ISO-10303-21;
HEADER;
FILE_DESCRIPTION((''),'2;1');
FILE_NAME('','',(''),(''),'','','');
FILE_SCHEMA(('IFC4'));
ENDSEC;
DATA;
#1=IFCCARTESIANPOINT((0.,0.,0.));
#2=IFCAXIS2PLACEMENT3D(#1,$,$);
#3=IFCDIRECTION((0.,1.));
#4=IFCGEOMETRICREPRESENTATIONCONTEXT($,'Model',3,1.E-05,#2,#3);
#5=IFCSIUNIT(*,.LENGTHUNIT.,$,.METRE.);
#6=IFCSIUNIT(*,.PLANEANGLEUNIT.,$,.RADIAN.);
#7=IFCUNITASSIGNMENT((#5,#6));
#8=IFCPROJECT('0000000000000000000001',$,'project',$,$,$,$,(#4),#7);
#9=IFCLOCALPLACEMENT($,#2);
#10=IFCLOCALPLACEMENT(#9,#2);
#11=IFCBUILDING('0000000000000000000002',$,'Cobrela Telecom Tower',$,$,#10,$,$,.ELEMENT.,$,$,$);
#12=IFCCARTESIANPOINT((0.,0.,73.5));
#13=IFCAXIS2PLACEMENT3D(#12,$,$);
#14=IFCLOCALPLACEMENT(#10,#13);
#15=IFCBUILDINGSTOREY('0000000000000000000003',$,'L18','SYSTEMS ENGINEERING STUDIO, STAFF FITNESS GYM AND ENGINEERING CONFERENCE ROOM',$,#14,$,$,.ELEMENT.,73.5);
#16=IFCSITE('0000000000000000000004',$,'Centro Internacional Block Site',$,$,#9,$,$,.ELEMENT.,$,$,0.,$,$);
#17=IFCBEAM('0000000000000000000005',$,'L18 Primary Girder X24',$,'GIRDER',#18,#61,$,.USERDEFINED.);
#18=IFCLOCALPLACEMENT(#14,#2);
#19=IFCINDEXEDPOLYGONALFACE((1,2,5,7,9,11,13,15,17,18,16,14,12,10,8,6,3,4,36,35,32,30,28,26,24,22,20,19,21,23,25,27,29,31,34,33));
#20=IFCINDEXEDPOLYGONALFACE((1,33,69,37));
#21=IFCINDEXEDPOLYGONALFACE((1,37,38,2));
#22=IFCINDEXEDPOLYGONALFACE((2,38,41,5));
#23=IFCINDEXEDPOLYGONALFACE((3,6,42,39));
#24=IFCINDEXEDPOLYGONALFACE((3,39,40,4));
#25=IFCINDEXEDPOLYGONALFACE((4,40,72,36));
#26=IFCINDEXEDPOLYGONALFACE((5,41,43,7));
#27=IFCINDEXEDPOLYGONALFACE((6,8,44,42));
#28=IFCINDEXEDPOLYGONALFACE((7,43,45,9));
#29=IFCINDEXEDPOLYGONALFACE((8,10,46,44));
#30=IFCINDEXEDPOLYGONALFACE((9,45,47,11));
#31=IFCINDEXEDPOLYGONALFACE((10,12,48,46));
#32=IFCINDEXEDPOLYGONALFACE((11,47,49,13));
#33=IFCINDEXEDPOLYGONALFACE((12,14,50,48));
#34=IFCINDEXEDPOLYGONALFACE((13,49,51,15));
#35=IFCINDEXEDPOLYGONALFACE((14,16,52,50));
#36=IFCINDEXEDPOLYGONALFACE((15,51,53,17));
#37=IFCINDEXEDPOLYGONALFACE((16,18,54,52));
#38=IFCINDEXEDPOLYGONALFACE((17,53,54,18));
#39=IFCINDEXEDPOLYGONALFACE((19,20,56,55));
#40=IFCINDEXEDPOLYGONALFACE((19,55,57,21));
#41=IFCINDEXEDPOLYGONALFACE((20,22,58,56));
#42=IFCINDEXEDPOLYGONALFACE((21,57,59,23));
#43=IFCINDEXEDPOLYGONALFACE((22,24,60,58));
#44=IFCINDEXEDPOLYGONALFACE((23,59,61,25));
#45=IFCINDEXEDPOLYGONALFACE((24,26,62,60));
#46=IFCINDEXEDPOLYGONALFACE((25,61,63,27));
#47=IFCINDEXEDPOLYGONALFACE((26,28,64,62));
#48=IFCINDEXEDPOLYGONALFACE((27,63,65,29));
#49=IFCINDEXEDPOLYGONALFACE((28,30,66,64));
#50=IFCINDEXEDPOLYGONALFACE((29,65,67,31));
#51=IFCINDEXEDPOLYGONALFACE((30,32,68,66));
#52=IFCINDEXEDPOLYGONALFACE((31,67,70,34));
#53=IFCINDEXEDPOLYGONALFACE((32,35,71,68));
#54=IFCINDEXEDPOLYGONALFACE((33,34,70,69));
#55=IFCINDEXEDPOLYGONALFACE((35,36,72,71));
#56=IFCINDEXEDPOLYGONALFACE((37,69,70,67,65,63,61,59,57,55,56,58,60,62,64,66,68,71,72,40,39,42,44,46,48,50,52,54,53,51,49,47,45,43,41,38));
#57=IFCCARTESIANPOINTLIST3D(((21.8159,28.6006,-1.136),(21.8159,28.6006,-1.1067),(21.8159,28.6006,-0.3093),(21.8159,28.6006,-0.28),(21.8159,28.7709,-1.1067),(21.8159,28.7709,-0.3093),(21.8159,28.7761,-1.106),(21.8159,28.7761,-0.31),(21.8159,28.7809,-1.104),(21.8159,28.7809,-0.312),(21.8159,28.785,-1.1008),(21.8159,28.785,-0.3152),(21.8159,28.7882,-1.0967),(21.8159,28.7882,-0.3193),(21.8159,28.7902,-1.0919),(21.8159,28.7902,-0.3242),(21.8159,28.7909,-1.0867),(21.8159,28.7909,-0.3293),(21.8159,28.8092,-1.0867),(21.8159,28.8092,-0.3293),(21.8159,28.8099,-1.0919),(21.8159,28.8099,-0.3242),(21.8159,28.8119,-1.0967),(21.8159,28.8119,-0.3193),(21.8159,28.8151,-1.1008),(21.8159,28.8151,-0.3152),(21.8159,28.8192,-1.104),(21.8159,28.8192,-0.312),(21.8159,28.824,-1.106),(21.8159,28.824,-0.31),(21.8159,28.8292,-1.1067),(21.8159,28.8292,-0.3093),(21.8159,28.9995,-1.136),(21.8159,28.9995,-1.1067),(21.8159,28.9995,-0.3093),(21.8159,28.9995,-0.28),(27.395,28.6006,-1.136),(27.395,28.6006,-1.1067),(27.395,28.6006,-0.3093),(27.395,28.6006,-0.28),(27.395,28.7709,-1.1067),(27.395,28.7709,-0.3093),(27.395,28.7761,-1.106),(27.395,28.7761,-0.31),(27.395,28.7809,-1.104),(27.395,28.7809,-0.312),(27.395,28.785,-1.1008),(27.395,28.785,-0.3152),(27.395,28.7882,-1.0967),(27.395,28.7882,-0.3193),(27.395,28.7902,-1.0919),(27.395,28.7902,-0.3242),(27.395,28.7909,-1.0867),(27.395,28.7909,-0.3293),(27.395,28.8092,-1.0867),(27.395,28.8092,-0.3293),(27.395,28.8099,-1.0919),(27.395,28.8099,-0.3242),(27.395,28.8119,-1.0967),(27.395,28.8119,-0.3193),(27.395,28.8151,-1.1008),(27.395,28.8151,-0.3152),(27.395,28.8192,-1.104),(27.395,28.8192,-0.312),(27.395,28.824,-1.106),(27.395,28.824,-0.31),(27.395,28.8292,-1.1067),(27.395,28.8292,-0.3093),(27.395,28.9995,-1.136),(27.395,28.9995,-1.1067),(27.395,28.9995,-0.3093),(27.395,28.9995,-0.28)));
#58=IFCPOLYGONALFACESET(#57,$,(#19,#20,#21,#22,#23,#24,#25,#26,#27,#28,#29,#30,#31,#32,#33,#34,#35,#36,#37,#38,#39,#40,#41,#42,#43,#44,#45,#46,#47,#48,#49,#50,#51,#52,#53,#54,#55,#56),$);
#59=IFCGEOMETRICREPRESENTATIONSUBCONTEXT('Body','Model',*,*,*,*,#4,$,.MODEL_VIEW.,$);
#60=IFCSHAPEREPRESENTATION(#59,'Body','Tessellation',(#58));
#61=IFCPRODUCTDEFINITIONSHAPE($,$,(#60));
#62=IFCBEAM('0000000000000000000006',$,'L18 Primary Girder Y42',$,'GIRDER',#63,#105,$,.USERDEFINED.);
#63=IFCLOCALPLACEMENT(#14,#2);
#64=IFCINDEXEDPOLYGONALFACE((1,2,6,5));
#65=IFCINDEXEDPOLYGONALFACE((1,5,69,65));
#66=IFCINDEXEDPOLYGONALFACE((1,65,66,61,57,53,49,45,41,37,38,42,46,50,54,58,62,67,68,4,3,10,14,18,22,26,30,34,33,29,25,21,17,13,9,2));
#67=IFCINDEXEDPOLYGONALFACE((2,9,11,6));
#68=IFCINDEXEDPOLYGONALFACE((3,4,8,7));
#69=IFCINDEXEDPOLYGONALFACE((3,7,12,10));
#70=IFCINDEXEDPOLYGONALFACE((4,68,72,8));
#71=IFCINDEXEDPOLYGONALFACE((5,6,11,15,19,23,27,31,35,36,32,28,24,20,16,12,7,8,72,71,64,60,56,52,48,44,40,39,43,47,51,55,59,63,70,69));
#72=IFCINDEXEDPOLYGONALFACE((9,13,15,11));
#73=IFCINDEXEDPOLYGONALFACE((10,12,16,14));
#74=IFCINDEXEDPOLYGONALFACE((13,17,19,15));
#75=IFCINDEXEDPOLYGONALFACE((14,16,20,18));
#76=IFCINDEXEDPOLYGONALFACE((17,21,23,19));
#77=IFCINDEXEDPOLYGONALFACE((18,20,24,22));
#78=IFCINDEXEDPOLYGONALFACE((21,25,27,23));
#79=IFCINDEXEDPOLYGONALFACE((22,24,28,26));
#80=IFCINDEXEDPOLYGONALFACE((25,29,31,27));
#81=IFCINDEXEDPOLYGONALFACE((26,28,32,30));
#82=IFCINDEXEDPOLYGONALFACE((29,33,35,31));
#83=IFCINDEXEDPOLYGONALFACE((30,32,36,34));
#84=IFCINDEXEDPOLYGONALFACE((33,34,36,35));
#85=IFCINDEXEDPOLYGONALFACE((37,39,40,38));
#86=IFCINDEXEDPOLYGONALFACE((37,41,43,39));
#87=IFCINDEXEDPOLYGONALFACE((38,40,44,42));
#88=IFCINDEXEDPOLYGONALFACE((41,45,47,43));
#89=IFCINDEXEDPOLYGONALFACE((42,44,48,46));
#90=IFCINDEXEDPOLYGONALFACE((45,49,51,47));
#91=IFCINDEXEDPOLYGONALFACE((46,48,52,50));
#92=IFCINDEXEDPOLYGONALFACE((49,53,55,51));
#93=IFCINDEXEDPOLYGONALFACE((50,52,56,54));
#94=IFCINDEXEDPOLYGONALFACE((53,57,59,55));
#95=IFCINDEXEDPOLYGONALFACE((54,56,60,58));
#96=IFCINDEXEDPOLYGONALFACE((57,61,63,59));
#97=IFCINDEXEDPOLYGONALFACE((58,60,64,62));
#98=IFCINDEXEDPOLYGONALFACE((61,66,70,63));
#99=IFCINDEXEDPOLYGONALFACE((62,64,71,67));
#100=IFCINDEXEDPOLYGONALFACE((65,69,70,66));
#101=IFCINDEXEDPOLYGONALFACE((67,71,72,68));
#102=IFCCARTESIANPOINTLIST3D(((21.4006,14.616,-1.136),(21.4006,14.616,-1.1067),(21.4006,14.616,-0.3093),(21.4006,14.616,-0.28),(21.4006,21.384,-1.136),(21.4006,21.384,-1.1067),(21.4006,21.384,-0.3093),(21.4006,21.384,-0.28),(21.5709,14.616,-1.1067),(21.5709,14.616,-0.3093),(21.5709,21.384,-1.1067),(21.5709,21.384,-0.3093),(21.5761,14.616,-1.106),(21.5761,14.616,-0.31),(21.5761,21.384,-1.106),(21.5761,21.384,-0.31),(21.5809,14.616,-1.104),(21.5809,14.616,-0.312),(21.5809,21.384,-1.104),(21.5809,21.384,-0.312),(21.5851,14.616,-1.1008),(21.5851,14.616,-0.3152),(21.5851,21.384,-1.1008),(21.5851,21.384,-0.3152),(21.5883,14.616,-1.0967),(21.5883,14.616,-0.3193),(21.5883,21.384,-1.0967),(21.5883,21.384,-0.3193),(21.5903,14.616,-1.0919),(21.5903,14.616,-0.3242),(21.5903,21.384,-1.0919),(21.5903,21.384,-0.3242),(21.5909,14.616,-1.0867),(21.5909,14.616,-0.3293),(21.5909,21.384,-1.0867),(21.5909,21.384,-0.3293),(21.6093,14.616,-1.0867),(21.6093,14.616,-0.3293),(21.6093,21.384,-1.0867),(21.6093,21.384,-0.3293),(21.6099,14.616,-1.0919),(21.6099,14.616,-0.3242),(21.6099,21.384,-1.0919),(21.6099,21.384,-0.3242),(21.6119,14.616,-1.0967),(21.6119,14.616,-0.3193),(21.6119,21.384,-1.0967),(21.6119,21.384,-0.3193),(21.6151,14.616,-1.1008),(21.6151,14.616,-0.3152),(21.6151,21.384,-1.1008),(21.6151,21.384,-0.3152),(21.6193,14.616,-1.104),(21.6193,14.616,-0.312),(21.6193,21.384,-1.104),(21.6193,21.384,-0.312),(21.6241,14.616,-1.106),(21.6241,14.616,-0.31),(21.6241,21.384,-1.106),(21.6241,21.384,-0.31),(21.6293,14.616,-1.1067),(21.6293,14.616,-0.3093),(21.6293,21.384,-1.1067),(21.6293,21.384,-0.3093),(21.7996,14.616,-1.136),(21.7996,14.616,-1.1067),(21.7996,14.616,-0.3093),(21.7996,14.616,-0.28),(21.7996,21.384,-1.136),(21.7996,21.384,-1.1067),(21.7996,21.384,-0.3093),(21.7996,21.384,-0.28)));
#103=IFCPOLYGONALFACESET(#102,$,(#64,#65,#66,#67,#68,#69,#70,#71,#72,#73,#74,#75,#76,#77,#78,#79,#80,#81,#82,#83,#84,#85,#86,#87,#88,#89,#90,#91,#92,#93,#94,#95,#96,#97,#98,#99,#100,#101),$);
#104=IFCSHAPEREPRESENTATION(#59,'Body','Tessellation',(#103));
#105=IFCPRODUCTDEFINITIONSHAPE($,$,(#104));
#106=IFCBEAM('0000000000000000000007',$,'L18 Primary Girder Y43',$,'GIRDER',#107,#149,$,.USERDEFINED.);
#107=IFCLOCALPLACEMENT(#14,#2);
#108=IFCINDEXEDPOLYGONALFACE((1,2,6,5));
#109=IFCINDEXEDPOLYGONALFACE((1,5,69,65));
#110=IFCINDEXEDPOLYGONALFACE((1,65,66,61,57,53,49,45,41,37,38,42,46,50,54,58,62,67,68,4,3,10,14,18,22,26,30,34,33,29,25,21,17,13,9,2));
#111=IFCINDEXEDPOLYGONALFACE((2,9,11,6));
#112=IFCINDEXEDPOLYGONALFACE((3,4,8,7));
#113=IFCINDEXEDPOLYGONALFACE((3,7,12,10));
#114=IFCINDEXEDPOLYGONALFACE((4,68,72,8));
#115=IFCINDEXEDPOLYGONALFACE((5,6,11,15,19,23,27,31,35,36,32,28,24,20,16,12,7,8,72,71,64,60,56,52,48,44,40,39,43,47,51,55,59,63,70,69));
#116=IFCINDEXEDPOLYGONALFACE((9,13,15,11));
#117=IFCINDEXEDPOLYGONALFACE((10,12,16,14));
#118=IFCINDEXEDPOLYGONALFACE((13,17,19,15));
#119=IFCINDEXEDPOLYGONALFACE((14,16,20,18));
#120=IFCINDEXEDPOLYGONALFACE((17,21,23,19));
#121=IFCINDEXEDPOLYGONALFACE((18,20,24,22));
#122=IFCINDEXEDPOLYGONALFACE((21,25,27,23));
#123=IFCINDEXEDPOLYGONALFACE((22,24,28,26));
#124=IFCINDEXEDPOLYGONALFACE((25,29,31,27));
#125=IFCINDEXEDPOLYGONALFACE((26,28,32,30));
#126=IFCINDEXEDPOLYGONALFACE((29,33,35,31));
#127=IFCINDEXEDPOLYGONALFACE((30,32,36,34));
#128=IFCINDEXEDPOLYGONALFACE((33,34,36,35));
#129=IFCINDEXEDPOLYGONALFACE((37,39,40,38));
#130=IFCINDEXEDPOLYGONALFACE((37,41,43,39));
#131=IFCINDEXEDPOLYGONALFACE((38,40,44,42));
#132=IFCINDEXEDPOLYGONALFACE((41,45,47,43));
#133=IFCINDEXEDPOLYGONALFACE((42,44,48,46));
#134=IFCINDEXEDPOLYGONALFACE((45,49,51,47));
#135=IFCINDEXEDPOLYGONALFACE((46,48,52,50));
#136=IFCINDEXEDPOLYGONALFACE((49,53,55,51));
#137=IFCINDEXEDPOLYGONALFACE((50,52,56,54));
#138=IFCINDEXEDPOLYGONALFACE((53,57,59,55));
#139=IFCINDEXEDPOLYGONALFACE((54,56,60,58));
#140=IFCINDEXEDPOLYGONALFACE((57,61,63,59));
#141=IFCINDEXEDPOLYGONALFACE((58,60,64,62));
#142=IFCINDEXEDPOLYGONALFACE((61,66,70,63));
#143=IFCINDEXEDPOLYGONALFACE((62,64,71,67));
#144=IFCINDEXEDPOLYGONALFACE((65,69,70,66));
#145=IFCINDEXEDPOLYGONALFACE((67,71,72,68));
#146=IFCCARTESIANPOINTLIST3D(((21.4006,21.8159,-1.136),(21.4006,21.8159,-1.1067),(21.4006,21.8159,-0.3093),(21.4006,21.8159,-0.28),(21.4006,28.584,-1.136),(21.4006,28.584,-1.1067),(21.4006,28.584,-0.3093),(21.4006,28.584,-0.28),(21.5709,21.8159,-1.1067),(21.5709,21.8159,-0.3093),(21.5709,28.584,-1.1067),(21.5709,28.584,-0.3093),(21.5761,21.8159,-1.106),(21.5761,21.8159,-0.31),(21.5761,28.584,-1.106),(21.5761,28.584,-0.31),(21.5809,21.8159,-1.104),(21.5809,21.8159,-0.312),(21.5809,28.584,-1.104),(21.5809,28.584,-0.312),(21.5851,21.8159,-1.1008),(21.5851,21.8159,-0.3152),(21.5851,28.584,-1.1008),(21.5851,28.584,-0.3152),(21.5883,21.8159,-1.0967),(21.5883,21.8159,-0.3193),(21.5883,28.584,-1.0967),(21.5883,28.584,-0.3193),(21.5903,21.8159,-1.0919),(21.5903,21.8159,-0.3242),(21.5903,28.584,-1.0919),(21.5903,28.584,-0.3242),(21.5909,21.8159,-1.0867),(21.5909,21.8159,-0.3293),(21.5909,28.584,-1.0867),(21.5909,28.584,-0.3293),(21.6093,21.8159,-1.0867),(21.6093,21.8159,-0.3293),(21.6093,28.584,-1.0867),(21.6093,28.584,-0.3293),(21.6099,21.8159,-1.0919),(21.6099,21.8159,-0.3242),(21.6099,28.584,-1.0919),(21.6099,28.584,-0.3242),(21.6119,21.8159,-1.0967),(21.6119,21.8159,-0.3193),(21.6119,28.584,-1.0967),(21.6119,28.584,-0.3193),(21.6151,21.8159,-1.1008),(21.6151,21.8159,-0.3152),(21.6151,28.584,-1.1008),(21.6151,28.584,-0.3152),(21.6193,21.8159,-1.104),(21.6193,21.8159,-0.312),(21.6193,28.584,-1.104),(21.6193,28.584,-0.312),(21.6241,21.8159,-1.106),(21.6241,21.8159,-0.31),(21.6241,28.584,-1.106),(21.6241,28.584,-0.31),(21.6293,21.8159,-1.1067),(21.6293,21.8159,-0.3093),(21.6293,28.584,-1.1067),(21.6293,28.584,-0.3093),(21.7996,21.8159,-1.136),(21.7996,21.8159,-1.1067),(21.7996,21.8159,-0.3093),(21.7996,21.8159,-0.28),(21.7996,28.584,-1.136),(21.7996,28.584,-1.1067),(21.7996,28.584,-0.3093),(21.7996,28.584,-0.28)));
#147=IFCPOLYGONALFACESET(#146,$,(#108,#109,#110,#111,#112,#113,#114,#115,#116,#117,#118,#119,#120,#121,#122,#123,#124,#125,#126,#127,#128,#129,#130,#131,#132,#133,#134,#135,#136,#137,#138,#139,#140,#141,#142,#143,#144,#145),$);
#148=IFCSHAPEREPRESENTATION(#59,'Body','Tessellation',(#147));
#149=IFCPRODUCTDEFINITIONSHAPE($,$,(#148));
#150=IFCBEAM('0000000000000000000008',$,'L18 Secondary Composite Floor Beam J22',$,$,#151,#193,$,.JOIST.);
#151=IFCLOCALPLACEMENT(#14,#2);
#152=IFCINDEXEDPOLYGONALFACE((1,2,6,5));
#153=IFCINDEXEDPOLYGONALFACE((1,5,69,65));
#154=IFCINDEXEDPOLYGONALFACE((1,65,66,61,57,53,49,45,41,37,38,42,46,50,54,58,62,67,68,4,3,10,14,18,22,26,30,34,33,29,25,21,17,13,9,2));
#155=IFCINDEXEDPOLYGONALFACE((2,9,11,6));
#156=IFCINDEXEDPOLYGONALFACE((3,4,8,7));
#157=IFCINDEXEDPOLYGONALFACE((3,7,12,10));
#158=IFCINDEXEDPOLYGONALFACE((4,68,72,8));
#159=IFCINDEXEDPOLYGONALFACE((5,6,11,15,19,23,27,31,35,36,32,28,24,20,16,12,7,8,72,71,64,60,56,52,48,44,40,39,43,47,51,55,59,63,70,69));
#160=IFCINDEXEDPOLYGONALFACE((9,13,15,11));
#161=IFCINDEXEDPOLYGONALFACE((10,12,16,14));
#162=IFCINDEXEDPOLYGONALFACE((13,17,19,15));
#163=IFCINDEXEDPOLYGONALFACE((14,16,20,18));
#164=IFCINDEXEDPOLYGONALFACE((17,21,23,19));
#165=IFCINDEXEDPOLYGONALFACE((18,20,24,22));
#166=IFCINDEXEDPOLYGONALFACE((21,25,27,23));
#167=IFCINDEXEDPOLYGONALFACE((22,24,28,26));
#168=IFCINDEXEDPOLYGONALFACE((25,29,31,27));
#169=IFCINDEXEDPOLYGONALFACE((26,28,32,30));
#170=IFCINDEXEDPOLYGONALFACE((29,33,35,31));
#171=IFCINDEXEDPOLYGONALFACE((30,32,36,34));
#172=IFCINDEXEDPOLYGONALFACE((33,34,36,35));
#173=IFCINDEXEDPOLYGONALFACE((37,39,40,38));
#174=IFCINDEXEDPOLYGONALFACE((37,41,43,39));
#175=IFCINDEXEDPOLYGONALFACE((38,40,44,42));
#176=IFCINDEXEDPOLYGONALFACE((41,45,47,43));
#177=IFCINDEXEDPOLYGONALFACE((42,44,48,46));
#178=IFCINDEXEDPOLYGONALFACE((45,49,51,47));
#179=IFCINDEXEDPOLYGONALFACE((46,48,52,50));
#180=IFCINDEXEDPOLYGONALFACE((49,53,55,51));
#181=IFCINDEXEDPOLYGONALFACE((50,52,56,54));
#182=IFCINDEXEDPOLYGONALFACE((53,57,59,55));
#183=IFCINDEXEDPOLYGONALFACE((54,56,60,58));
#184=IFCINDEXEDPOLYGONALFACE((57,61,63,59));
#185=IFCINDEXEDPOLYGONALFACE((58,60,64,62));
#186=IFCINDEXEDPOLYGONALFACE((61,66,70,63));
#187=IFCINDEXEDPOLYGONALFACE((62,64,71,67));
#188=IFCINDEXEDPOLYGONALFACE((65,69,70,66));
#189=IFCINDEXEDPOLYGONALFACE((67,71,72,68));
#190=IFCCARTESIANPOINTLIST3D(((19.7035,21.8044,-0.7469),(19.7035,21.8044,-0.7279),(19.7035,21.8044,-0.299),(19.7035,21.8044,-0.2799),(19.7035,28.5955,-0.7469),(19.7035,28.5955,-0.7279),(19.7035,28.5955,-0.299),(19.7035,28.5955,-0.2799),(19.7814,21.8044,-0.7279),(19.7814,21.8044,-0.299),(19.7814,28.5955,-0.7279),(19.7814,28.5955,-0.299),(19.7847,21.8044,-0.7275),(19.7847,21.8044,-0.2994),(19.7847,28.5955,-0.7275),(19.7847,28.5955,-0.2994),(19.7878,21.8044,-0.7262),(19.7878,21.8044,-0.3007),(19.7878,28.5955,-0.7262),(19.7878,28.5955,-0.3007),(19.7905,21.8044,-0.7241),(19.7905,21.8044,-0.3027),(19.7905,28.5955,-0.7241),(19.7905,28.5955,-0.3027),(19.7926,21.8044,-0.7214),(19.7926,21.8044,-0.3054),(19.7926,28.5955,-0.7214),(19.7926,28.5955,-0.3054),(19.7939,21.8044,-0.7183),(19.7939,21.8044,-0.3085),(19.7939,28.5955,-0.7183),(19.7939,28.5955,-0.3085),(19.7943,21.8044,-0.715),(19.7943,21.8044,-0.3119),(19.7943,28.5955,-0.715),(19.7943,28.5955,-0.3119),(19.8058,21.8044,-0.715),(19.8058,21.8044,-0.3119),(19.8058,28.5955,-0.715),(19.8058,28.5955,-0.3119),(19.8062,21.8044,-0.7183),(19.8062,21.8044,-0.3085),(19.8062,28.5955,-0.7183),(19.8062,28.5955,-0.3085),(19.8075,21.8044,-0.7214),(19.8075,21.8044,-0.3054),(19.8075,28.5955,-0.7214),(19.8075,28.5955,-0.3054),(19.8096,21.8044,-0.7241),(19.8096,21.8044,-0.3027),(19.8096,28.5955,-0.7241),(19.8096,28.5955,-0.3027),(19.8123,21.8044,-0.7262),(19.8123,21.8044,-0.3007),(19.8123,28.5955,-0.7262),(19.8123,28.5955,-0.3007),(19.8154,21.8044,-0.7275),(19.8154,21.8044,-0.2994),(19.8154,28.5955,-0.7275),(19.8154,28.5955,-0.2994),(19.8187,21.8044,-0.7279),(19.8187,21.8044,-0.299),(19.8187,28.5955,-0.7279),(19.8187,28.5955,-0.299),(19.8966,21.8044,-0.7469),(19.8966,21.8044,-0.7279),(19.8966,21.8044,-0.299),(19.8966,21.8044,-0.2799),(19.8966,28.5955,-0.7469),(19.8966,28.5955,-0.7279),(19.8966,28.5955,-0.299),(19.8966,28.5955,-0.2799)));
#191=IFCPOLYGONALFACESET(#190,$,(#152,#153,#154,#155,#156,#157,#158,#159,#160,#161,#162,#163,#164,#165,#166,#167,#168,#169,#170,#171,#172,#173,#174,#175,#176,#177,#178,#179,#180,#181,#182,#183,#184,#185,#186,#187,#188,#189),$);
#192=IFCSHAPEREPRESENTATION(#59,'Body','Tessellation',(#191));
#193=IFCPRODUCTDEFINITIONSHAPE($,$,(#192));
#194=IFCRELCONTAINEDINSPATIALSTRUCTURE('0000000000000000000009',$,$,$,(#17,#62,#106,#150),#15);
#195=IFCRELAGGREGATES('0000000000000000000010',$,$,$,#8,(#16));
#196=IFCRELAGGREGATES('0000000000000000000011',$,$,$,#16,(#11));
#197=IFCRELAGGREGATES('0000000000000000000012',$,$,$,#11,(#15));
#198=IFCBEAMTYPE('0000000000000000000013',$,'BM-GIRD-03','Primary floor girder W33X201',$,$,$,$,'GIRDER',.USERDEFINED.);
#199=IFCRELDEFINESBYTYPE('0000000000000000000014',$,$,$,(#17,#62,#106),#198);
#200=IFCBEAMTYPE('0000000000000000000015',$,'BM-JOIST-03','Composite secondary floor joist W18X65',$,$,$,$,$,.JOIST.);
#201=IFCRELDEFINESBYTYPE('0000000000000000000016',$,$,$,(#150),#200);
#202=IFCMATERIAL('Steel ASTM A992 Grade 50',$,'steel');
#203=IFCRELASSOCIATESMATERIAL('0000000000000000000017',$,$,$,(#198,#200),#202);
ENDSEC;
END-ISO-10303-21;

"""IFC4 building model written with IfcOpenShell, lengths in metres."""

from ifc_helpers import new_model, si_unit, direction, frame, origin, origin_2d, place, context, subcontext, project, spatial, i_section, extrude, material, material_profile, profile_set, type_object, element, save


model = new_model("IFC4")

# Units and contexts
model_context = context("Model", 3, precision=1e-05, world=origin(), true_north=direction((0.0, 1.0)))
body_context = subcontext(model_context, "Body", "Model", "MODEL_VIEW")
ifc_project = project(units=[si_unit("LENGTHUNIT", "METRE"), si_unit("PLANEANGLEUNIT", "RADIAN")], contexts=[model_context])

# Site, building, storey
site_placement = place(None, origin())
site = spatial("IfcSite", under=ifc_project, at=site_placement, Name="Centro Internacional Block Site", CompositionType="ELEMENT", RefElevation=0.0)
building_placement = place(site_placement, origin())
building = spatial("IfcBuilding", under=site, at=building_placement, Name="Cobrela Telecom Tower", CompositionType="ELEMENT")
storey_placement = place(building_placement, frame((0.0, 0.0, 73.5)))
storey = spatial("IfcBuildingStorey", under=building, at=storey_placement, Name="L18", Description="SYSTEMS ENGINEERING STUDIO, STAFF FITNESS GYM AND ENGINEERING CONFERENCE ROOM", CompositionType="ELEMENT", Elevation=73.5)

# Shared definitions
ifc_material_1 = material(Name="Steel ASTM A992 Grade 50", Category="steel")

# Beams
ifc_material_profile_1 = material_profile(ifc_material_1, i_section(OverallWidth=0.3989, OverallDepth=0.856, WebThickness=0.0183, FlangeThickness=0.0293, FilletRadius=0.02, at=origin_2d()), Name="W33X201")
ifc_profile_set_1 = profile_set([ifc_material_profile_1], Name="Steel ASTM A992 Grade 50")
beam_type_1 = type_object("IfcBeamType", Name="BM-GIRD-03", Description="Primary floor girder W33X201", ElementType="GIRDER", PredefinedType="USERDEFINED", material=ifc_profile_set_1)
beam_1_placement = place(storey_placement, frame((21.8159, 28.8, -0.708), z_axis=(1.0, 0.0, 0.0), x_axis=(0.0, 1.0, 0.0)))
element("IfcBeam", 1, at=beam_1_placement, inside=storey, type_object=beam_type_1, Name="L18 Primary Girder X24", ObjectType="GIRDER", PredefinedType="USERDEFINED", context=body_context, shape_type="SweptSolid", body=[
    extrude(i_section(OverallWidth=0.3989, OverallDepth=0.856, WebThickness=0.0183, FlangeThickness=0.0293, FilletRadius=0.02, at=origin_2d()), origin(), (0.0, 0.0, 1.0), 5.5791),
])
for number, where, z_axis, x_axis, name in (
    (2, (21.6001, 14.616, -0.708), (0.0, 1.0, 0.0), (-1.0, 0.0, 0.0), "L18 Primary Girder Y42"),
    (3, (21.6001, 21.8159, -0.708), (0.0, 1.0, 0.0), (-1.0, 0.0, 0.0), "L18 Primary Girder Y43"),
):
    element("IfcBeam", number, at=place(storey_placement, frame(where, z_axis=z_axis, x_axis=x_axis)), inside=storey, type_object=beam_type_1, Name=name, ObjectType="GIRDER", PredefinedType="USERDEFINED", context=body_context, shape_type="SweptSolid", body=[
        extrude(i_section(OverallWidth=0.3989, OverallDepth=0.856, WebThickness=0.0183, FlangeThickness=0.0293, FilletRadius=0.02, at=origin_2d()), origin(), (0.0, 0.0, 1.0), 6.7681),
    ])
ifc_material_profile_2 = material_profile(ifc_material_1, i_section(OverallWidth=0.1931, OverallDepth=0.467, WebThickness=0.0115, FlangeThickness=0.019, FilletRadius=0.0129, at=origin_2d()), Name="W18X65")
ifc_profile_set_2 = profile_set([ifc_material_profile_2], Name="Steel ASTM A992 Grade 50")
beam_type_2 = type_object("IfcBeamType", Name="BM-JOIST-03", Description="Composite secondary floor joist W18X65", PredefinedType="JOIST", material=ifc_profile_set_2)
for number, where, z_axis, x_axis, name in (
    (4, (19.8, 21.8044, -0.5134), (0.0, 1.0, 0.0), (-1.0, 0.0, 0.0), "L18 Secondary Composite Floor Beam J22"),
):
    element("IfcBeam", number, at=place(storey_placement, frame(where, z_axis=z_axis, x_axis=x_axis)), inside=storey, type_object=beam_type_2, Name=name, PredefinedType="JOIST", context=body_context, shape_type="SweptSolid", body=[
        extrude(i_section(OverallWidth=0.1931, OverallDepth=0.467, WebThickness=0.0115, FlangeThickness=0.019, FilletRadius=0.0129, at=origin_2d()), origin(), (0.0, 0.0, 1.0), 6.791),
    ])

save(model, "model.ifc")
